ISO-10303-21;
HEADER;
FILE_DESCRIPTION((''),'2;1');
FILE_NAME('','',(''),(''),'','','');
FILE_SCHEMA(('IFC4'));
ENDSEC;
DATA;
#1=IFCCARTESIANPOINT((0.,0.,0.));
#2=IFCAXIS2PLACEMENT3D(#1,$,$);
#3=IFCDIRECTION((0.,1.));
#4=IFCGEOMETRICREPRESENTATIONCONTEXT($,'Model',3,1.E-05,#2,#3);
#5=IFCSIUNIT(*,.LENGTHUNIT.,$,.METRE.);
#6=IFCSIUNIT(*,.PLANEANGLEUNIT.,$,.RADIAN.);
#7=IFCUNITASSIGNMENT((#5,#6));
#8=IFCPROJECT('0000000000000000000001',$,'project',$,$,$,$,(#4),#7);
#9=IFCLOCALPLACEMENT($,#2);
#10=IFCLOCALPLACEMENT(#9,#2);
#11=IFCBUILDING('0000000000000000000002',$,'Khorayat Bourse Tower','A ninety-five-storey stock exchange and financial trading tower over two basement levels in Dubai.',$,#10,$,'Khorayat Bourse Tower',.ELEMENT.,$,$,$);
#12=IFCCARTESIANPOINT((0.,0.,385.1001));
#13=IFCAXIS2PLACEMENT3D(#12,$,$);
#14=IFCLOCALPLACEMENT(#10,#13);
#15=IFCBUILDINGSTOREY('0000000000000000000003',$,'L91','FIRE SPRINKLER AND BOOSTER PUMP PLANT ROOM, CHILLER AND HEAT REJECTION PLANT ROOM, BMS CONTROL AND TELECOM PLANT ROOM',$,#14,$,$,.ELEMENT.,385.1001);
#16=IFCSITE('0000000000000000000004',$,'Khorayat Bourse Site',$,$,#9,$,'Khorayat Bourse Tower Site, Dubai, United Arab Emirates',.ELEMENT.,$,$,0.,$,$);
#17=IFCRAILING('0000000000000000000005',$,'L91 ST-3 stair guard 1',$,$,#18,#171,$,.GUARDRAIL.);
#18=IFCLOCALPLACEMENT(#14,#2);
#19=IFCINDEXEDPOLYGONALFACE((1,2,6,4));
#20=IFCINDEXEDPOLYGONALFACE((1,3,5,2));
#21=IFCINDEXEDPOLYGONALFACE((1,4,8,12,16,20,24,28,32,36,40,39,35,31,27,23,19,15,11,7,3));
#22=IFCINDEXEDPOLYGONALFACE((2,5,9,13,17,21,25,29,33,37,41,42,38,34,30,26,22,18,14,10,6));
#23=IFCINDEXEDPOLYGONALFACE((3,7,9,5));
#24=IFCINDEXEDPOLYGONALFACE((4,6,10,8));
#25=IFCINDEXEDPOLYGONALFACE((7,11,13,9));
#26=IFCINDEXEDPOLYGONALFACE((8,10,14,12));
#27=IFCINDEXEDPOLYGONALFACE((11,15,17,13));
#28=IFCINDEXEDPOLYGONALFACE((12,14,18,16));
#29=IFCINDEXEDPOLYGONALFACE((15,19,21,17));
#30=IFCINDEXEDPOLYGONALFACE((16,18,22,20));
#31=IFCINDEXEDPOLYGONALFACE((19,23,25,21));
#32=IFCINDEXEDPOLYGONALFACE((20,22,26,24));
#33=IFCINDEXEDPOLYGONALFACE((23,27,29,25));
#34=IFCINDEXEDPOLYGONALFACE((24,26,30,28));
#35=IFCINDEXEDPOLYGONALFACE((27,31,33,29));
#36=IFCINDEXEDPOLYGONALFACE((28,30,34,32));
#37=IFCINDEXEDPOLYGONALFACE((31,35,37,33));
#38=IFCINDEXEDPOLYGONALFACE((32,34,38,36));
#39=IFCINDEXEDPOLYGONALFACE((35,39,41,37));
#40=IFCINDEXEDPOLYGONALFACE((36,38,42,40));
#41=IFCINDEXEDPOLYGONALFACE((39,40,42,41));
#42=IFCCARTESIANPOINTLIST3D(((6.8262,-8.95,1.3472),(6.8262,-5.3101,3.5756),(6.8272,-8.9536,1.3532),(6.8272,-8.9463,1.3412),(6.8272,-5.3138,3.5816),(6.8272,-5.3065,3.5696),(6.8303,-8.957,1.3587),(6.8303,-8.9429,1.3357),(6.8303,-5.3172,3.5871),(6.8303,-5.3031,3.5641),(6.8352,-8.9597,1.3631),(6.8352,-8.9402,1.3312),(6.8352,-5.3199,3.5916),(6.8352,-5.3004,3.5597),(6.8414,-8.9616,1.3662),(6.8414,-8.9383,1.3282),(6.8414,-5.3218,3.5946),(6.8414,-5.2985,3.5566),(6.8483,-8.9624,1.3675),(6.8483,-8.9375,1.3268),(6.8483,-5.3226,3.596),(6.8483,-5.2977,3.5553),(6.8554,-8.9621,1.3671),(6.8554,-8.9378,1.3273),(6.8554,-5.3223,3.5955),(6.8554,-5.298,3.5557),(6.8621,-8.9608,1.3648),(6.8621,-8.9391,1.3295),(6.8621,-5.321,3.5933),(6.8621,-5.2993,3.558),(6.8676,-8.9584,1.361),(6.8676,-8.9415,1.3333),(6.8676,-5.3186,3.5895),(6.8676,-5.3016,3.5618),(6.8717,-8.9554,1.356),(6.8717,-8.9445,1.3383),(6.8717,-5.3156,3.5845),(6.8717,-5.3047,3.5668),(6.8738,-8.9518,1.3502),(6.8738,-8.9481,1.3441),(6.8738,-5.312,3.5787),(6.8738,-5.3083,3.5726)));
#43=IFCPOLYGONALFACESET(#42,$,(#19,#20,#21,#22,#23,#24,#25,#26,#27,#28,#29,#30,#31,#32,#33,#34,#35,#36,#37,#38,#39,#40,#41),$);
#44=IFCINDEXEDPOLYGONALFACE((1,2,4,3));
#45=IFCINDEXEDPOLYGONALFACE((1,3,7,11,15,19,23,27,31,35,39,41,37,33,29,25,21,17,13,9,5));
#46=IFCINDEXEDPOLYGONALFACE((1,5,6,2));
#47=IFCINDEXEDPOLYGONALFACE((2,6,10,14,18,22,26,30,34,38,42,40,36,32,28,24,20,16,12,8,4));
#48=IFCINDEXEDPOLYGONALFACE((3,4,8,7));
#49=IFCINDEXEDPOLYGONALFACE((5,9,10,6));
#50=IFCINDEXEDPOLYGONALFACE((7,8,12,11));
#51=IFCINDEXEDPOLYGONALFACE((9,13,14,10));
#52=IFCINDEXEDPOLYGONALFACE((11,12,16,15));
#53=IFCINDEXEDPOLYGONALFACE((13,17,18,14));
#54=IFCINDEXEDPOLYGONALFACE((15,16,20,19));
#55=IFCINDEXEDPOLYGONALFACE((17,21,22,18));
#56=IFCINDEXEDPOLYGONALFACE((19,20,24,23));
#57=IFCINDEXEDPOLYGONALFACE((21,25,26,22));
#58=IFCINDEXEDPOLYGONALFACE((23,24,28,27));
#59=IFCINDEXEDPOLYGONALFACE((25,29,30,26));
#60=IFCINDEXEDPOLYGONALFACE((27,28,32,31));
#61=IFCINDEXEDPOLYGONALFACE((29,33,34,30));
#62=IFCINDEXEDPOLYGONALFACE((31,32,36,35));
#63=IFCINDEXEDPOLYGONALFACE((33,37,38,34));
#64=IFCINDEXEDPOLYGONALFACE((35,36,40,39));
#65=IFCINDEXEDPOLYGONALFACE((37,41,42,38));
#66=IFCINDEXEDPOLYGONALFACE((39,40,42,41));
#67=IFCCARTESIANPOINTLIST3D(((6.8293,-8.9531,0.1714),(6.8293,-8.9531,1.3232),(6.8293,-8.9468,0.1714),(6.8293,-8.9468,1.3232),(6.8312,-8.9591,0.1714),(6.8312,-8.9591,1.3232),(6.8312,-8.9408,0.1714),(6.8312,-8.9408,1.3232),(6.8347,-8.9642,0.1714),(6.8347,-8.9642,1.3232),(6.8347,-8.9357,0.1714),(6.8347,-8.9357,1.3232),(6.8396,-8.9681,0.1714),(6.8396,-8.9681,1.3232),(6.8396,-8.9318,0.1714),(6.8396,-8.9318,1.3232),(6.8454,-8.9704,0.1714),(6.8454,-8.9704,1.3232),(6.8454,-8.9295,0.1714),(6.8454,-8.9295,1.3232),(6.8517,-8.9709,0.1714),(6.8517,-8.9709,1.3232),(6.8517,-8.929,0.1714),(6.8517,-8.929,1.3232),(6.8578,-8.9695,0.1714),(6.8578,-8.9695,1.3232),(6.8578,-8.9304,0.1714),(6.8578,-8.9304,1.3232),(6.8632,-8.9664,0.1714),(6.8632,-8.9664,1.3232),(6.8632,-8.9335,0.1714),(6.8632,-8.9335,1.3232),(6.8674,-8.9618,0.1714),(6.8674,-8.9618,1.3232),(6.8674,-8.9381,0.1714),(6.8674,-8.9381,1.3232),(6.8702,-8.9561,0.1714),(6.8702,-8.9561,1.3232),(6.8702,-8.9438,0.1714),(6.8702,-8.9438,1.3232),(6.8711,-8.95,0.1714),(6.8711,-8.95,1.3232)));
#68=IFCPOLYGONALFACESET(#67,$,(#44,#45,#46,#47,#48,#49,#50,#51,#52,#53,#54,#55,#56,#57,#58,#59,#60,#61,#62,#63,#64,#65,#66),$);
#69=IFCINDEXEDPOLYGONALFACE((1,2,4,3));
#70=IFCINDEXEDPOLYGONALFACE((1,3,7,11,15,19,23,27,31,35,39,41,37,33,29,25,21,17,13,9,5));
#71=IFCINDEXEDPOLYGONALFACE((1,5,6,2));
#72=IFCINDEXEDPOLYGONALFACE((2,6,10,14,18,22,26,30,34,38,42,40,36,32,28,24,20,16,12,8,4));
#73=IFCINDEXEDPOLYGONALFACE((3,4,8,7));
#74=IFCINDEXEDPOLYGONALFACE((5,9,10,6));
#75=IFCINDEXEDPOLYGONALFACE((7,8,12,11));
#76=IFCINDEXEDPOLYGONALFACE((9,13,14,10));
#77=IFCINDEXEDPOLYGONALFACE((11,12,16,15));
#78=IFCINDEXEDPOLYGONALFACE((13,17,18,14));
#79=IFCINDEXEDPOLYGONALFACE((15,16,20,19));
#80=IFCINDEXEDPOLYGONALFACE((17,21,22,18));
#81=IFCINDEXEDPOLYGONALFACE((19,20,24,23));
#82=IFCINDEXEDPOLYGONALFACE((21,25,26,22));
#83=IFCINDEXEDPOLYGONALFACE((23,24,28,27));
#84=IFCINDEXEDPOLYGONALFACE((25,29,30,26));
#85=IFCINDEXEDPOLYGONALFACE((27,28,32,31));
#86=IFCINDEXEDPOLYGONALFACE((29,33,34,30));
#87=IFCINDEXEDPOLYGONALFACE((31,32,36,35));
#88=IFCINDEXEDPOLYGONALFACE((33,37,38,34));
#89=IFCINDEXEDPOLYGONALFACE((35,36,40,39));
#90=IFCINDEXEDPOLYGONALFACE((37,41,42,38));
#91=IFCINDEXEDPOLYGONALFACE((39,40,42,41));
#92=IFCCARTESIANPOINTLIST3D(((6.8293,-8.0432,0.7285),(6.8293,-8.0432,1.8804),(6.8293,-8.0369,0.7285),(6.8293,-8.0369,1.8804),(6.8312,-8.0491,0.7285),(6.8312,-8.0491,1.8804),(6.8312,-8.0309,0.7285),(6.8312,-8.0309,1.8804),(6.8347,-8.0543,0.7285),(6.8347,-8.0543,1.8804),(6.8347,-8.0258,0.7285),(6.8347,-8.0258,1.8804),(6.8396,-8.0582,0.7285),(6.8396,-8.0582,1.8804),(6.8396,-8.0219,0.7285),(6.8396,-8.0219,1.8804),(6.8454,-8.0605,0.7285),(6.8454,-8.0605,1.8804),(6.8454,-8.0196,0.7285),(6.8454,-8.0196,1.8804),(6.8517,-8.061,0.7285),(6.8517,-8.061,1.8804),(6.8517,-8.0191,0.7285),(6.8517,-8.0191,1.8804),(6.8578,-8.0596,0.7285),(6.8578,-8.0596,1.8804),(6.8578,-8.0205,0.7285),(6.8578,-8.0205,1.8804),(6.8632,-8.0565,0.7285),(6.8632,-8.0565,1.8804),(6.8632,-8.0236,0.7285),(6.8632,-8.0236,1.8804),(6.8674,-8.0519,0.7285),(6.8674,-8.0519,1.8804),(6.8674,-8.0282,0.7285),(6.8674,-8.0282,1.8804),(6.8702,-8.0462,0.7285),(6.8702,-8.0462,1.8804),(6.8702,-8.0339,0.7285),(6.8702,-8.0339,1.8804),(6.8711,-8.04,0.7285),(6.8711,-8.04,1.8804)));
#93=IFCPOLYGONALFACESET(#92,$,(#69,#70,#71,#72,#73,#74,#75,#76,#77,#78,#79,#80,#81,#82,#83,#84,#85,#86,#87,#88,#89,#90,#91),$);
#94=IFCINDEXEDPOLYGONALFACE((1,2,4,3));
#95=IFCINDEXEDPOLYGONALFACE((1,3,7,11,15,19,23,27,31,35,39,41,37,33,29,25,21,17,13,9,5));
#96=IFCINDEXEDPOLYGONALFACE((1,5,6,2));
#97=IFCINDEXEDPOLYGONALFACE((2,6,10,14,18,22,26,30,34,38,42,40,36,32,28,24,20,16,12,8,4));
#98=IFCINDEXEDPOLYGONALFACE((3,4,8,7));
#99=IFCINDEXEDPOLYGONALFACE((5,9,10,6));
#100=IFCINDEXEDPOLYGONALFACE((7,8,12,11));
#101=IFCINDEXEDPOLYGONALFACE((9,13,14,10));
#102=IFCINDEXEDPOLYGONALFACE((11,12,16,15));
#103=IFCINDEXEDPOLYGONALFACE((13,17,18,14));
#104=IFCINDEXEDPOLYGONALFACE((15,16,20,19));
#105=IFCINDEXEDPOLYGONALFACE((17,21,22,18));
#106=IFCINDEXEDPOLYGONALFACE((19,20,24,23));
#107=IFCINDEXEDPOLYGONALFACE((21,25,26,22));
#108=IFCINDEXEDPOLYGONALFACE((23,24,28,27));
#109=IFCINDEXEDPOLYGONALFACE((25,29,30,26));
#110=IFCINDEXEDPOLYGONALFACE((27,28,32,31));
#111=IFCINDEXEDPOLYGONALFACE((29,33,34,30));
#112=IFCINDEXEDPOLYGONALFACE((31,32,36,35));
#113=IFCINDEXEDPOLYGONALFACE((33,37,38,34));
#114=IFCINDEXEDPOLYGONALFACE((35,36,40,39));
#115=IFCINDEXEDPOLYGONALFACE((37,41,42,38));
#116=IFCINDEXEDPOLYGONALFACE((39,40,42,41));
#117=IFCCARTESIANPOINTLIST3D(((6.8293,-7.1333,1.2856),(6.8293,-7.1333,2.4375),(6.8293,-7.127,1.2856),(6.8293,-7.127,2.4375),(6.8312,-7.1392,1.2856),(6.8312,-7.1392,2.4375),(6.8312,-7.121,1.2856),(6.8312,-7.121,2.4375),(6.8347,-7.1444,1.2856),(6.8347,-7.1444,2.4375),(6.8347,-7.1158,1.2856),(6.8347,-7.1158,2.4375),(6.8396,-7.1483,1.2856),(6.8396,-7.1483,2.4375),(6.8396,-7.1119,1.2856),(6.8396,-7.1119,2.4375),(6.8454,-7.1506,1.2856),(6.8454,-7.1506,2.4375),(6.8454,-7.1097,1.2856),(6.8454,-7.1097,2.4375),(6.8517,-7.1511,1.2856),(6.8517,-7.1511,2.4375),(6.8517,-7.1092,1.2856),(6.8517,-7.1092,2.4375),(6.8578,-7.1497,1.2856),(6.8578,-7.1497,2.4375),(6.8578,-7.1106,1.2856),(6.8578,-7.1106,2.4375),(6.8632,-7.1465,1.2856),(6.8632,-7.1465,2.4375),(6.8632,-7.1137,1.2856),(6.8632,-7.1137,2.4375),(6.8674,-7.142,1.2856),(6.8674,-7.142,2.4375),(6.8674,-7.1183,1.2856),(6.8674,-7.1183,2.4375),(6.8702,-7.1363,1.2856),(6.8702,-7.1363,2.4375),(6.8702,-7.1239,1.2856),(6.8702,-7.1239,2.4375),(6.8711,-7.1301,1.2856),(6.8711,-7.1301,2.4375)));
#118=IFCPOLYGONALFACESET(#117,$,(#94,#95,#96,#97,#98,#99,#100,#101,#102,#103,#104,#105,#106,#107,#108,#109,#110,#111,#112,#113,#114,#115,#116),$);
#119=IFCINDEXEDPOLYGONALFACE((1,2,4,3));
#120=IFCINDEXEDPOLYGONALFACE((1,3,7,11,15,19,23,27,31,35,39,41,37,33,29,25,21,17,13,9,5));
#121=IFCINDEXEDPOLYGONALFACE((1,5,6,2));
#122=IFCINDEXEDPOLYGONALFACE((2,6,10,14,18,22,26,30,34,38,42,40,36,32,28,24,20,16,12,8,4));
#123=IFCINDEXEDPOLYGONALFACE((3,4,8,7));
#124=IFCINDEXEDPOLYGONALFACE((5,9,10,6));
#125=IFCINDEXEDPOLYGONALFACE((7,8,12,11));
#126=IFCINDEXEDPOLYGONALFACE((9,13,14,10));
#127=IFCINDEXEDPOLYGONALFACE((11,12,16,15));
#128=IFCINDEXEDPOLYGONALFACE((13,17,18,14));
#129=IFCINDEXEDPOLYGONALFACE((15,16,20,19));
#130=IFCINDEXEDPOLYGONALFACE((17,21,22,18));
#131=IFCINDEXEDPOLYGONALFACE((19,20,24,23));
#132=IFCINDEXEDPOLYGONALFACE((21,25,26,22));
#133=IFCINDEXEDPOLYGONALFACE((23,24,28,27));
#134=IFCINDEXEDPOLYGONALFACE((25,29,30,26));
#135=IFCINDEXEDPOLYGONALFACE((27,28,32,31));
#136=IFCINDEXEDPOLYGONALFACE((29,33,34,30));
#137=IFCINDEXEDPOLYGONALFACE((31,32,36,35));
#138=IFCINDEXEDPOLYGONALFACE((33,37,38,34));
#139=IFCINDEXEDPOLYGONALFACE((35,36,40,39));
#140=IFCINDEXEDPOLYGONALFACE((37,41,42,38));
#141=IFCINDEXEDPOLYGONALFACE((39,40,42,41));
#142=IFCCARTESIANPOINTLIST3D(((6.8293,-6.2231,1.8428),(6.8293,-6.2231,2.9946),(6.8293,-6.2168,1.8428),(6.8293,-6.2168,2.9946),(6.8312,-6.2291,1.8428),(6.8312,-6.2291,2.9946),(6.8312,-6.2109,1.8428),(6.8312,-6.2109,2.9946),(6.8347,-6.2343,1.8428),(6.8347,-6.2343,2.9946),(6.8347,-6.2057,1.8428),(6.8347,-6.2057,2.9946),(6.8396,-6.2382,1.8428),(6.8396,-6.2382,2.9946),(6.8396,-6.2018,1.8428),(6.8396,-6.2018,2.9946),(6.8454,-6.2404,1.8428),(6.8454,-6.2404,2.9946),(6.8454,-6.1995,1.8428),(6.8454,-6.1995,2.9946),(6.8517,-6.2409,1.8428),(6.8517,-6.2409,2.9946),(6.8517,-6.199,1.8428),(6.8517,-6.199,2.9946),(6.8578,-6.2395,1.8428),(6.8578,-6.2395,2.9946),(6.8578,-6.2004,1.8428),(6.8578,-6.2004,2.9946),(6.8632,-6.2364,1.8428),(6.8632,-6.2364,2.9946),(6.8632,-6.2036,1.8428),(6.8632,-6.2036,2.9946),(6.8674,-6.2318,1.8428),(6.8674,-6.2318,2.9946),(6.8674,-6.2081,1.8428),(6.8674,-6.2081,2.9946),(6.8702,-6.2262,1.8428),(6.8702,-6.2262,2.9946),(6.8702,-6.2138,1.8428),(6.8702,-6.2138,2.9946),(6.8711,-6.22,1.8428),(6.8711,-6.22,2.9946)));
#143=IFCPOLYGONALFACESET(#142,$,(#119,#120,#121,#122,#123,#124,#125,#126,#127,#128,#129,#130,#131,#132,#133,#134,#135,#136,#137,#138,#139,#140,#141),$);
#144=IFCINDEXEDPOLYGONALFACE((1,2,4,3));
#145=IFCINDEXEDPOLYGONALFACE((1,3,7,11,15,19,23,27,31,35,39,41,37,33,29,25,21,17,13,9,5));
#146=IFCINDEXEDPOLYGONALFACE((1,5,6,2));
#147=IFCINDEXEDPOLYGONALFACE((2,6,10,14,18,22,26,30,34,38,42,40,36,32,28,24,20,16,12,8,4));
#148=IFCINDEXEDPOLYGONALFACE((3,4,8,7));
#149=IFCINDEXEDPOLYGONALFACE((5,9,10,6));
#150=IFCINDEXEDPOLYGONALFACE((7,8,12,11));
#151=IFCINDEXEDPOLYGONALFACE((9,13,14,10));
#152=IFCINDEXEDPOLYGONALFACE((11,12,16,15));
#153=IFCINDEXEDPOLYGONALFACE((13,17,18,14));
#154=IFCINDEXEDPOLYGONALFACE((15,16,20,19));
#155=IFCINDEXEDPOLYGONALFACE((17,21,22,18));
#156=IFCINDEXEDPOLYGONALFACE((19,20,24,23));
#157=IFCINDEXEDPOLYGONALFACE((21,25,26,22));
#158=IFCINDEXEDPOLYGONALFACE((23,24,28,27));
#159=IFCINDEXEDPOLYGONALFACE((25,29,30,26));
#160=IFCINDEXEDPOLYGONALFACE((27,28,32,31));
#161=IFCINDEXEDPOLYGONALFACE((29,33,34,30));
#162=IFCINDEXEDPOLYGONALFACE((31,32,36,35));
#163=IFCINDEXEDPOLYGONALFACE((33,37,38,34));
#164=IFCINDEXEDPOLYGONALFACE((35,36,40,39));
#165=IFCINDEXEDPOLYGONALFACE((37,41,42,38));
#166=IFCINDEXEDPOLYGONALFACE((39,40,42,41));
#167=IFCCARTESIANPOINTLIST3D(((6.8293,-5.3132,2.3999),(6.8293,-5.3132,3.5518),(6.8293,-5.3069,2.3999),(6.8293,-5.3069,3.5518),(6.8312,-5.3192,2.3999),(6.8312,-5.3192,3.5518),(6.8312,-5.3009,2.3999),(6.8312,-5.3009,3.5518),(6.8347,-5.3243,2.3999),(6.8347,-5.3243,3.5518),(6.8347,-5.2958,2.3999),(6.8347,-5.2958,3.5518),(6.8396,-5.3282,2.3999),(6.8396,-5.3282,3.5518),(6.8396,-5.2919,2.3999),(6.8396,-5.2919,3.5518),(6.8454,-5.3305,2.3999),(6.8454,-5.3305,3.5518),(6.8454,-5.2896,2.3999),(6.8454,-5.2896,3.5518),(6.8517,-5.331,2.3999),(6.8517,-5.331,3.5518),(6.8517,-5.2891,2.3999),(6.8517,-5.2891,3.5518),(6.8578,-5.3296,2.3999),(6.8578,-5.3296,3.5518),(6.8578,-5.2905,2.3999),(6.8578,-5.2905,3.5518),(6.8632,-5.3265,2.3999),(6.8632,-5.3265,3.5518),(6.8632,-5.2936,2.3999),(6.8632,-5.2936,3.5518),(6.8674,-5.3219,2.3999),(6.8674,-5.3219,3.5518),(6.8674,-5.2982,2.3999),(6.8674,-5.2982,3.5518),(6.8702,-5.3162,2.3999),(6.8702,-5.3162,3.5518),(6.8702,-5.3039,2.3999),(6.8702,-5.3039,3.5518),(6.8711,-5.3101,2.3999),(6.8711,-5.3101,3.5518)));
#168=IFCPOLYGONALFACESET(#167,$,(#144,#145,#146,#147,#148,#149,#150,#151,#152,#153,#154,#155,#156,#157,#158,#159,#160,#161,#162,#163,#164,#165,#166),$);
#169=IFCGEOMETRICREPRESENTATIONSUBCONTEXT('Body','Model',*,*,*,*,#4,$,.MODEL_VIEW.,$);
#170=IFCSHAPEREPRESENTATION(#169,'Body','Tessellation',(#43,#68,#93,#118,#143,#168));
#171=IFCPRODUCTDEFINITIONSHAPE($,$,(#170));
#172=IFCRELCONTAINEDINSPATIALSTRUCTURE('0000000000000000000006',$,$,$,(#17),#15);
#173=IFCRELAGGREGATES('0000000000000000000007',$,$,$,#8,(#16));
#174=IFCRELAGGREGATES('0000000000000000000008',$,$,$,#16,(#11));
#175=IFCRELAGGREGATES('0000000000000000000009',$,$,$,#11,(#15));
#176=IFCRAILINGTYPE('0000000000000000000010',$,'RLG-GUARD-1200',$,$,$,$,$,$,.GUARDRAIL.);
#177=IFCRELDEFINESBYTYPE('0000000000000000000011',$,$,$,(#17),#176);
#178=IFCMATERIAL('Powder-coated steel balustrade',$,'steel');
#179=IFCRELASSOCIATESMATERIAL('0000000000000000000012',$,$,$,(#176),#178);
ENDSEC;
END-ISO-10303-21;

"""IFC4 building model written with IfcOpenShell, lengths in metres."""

from ifc_helpers import new_model, si_unit, direction, frame, origin, origin_2d, place, context, subcontext, project, spatial, circle, extrude, source, transform, mapped, material, type_object, element, save


model = new_model("IFC4")

# Units and contexts
model_context = context("Model", 3, precision=1e-05, world=origin(), true_north=direction((0.0, 1.0)))
body_context = subcontext(model_context, "Body", "Model", "MODEL_VIEW")
ifc_project = project(units=[si_unit("LENGTHUNIT", "METRE"), si_unit("PLANEANGLEUNIT", "RADIAN")], contexts=[model_context])

# Site, building, storey
site_placement = place(None, origin())
site = spatial("IfcSite", under=ifc_project, at=site_placement, Name="Khorayat Bourse Site", LongName="Khorayat Bourse Tower Site, Dubai, United Arab Emirates", CompositionType="ELEMENT", RefElevation=0.0)
building_placement = place(site_placement, origin())
building = spatial("IfcBuilding", under=site, at=building_placement, Name="Khorayat Bourse Tower", Description="A ninety-five-storey stock exchange and financial trading tower over two basement levels in Dubai.", LongName="Khorayat Bourse Tower", CompositionType="ELEMENT")
storey_placement = place(building_placement, frame((0.0, 0.0, 385.1001)))
storey = spatial("IfcBuildingStorey", under=building, at=storey_placement, Name="L91", Description="FIRE SPRINKLER AND BOOSTER PUMP PLANT ROOM, CHILLER AND HEAT REJECTION PLANT ROOM, BMS CONTROL AND TELECOM PLANT ROOM", CompositionType="ELEMENT", Elevation=385.1001)

# Railing
ifc_material_1 = material(Name="Powder-coated steel balustrade", Category="steel")
railing_type_1 = type_object("IfcRailingType", Name="RLG-GUARD-1200", PredefinedType="GUARDRAIL", material=ifc_material_1)
shared_shape_1 = source(origin(), body_context, "Body", "SweptSolid", [
    extrude(circle(Radius=0.0239, at=origin_2d()), frame((0.0, 0.0, 1.1758), z_axis=(0.0, 0.85285, 0.522156), x_axis=(-1.0, 0.0, 0.0)), (0.0, 0.0, 1.0), 4.2678),
    extrude(circle(Radius=0.021, at=origin_2d()), origin(), (0.0, 0.0, 1.0), 1.1519),
    extrude(circle(Radius=0.021, at=origin_2d()), frame((0.0, 0.9099, 0.5571)), (0.0, 0.0, 1.0), 1.1519),
    extrude(circle(Radius=0.021, at=origin_2d()), frame((0.0, 1.8198, 1.1143)), (0.0, 0.0, 1.0), 1.1519),
    extrude(circle(Radius=0.021, at=origin_2d()), frame((0.0, 2.73, 1.6714)), (0.0, 0.0, 1.0), 1.1519),
    extrude(circle(Radius=0.021, at=origin_2d()), frame((0.0, 3.6399, 2.2285)), (0.0, 0.0, 1.0), 1.1519),
])
railing_1_placement = place(storey_placement, frame((6.8501, -8.95, 0.1714)))
element("IfcRailing", 1, at=railing_1_placement, inside=storey, type_object=railing_type_1, Name="L91 ST-3 stair guard 1", PredefinedType="GUARDRAIL", context=body_context, shape_type="MappedRepresentation", body=[
    mapped(shared_shape_1, transform((0.0, 0.0, 0.0), scale=1.0)),
])

save(model, "model.ifc")
